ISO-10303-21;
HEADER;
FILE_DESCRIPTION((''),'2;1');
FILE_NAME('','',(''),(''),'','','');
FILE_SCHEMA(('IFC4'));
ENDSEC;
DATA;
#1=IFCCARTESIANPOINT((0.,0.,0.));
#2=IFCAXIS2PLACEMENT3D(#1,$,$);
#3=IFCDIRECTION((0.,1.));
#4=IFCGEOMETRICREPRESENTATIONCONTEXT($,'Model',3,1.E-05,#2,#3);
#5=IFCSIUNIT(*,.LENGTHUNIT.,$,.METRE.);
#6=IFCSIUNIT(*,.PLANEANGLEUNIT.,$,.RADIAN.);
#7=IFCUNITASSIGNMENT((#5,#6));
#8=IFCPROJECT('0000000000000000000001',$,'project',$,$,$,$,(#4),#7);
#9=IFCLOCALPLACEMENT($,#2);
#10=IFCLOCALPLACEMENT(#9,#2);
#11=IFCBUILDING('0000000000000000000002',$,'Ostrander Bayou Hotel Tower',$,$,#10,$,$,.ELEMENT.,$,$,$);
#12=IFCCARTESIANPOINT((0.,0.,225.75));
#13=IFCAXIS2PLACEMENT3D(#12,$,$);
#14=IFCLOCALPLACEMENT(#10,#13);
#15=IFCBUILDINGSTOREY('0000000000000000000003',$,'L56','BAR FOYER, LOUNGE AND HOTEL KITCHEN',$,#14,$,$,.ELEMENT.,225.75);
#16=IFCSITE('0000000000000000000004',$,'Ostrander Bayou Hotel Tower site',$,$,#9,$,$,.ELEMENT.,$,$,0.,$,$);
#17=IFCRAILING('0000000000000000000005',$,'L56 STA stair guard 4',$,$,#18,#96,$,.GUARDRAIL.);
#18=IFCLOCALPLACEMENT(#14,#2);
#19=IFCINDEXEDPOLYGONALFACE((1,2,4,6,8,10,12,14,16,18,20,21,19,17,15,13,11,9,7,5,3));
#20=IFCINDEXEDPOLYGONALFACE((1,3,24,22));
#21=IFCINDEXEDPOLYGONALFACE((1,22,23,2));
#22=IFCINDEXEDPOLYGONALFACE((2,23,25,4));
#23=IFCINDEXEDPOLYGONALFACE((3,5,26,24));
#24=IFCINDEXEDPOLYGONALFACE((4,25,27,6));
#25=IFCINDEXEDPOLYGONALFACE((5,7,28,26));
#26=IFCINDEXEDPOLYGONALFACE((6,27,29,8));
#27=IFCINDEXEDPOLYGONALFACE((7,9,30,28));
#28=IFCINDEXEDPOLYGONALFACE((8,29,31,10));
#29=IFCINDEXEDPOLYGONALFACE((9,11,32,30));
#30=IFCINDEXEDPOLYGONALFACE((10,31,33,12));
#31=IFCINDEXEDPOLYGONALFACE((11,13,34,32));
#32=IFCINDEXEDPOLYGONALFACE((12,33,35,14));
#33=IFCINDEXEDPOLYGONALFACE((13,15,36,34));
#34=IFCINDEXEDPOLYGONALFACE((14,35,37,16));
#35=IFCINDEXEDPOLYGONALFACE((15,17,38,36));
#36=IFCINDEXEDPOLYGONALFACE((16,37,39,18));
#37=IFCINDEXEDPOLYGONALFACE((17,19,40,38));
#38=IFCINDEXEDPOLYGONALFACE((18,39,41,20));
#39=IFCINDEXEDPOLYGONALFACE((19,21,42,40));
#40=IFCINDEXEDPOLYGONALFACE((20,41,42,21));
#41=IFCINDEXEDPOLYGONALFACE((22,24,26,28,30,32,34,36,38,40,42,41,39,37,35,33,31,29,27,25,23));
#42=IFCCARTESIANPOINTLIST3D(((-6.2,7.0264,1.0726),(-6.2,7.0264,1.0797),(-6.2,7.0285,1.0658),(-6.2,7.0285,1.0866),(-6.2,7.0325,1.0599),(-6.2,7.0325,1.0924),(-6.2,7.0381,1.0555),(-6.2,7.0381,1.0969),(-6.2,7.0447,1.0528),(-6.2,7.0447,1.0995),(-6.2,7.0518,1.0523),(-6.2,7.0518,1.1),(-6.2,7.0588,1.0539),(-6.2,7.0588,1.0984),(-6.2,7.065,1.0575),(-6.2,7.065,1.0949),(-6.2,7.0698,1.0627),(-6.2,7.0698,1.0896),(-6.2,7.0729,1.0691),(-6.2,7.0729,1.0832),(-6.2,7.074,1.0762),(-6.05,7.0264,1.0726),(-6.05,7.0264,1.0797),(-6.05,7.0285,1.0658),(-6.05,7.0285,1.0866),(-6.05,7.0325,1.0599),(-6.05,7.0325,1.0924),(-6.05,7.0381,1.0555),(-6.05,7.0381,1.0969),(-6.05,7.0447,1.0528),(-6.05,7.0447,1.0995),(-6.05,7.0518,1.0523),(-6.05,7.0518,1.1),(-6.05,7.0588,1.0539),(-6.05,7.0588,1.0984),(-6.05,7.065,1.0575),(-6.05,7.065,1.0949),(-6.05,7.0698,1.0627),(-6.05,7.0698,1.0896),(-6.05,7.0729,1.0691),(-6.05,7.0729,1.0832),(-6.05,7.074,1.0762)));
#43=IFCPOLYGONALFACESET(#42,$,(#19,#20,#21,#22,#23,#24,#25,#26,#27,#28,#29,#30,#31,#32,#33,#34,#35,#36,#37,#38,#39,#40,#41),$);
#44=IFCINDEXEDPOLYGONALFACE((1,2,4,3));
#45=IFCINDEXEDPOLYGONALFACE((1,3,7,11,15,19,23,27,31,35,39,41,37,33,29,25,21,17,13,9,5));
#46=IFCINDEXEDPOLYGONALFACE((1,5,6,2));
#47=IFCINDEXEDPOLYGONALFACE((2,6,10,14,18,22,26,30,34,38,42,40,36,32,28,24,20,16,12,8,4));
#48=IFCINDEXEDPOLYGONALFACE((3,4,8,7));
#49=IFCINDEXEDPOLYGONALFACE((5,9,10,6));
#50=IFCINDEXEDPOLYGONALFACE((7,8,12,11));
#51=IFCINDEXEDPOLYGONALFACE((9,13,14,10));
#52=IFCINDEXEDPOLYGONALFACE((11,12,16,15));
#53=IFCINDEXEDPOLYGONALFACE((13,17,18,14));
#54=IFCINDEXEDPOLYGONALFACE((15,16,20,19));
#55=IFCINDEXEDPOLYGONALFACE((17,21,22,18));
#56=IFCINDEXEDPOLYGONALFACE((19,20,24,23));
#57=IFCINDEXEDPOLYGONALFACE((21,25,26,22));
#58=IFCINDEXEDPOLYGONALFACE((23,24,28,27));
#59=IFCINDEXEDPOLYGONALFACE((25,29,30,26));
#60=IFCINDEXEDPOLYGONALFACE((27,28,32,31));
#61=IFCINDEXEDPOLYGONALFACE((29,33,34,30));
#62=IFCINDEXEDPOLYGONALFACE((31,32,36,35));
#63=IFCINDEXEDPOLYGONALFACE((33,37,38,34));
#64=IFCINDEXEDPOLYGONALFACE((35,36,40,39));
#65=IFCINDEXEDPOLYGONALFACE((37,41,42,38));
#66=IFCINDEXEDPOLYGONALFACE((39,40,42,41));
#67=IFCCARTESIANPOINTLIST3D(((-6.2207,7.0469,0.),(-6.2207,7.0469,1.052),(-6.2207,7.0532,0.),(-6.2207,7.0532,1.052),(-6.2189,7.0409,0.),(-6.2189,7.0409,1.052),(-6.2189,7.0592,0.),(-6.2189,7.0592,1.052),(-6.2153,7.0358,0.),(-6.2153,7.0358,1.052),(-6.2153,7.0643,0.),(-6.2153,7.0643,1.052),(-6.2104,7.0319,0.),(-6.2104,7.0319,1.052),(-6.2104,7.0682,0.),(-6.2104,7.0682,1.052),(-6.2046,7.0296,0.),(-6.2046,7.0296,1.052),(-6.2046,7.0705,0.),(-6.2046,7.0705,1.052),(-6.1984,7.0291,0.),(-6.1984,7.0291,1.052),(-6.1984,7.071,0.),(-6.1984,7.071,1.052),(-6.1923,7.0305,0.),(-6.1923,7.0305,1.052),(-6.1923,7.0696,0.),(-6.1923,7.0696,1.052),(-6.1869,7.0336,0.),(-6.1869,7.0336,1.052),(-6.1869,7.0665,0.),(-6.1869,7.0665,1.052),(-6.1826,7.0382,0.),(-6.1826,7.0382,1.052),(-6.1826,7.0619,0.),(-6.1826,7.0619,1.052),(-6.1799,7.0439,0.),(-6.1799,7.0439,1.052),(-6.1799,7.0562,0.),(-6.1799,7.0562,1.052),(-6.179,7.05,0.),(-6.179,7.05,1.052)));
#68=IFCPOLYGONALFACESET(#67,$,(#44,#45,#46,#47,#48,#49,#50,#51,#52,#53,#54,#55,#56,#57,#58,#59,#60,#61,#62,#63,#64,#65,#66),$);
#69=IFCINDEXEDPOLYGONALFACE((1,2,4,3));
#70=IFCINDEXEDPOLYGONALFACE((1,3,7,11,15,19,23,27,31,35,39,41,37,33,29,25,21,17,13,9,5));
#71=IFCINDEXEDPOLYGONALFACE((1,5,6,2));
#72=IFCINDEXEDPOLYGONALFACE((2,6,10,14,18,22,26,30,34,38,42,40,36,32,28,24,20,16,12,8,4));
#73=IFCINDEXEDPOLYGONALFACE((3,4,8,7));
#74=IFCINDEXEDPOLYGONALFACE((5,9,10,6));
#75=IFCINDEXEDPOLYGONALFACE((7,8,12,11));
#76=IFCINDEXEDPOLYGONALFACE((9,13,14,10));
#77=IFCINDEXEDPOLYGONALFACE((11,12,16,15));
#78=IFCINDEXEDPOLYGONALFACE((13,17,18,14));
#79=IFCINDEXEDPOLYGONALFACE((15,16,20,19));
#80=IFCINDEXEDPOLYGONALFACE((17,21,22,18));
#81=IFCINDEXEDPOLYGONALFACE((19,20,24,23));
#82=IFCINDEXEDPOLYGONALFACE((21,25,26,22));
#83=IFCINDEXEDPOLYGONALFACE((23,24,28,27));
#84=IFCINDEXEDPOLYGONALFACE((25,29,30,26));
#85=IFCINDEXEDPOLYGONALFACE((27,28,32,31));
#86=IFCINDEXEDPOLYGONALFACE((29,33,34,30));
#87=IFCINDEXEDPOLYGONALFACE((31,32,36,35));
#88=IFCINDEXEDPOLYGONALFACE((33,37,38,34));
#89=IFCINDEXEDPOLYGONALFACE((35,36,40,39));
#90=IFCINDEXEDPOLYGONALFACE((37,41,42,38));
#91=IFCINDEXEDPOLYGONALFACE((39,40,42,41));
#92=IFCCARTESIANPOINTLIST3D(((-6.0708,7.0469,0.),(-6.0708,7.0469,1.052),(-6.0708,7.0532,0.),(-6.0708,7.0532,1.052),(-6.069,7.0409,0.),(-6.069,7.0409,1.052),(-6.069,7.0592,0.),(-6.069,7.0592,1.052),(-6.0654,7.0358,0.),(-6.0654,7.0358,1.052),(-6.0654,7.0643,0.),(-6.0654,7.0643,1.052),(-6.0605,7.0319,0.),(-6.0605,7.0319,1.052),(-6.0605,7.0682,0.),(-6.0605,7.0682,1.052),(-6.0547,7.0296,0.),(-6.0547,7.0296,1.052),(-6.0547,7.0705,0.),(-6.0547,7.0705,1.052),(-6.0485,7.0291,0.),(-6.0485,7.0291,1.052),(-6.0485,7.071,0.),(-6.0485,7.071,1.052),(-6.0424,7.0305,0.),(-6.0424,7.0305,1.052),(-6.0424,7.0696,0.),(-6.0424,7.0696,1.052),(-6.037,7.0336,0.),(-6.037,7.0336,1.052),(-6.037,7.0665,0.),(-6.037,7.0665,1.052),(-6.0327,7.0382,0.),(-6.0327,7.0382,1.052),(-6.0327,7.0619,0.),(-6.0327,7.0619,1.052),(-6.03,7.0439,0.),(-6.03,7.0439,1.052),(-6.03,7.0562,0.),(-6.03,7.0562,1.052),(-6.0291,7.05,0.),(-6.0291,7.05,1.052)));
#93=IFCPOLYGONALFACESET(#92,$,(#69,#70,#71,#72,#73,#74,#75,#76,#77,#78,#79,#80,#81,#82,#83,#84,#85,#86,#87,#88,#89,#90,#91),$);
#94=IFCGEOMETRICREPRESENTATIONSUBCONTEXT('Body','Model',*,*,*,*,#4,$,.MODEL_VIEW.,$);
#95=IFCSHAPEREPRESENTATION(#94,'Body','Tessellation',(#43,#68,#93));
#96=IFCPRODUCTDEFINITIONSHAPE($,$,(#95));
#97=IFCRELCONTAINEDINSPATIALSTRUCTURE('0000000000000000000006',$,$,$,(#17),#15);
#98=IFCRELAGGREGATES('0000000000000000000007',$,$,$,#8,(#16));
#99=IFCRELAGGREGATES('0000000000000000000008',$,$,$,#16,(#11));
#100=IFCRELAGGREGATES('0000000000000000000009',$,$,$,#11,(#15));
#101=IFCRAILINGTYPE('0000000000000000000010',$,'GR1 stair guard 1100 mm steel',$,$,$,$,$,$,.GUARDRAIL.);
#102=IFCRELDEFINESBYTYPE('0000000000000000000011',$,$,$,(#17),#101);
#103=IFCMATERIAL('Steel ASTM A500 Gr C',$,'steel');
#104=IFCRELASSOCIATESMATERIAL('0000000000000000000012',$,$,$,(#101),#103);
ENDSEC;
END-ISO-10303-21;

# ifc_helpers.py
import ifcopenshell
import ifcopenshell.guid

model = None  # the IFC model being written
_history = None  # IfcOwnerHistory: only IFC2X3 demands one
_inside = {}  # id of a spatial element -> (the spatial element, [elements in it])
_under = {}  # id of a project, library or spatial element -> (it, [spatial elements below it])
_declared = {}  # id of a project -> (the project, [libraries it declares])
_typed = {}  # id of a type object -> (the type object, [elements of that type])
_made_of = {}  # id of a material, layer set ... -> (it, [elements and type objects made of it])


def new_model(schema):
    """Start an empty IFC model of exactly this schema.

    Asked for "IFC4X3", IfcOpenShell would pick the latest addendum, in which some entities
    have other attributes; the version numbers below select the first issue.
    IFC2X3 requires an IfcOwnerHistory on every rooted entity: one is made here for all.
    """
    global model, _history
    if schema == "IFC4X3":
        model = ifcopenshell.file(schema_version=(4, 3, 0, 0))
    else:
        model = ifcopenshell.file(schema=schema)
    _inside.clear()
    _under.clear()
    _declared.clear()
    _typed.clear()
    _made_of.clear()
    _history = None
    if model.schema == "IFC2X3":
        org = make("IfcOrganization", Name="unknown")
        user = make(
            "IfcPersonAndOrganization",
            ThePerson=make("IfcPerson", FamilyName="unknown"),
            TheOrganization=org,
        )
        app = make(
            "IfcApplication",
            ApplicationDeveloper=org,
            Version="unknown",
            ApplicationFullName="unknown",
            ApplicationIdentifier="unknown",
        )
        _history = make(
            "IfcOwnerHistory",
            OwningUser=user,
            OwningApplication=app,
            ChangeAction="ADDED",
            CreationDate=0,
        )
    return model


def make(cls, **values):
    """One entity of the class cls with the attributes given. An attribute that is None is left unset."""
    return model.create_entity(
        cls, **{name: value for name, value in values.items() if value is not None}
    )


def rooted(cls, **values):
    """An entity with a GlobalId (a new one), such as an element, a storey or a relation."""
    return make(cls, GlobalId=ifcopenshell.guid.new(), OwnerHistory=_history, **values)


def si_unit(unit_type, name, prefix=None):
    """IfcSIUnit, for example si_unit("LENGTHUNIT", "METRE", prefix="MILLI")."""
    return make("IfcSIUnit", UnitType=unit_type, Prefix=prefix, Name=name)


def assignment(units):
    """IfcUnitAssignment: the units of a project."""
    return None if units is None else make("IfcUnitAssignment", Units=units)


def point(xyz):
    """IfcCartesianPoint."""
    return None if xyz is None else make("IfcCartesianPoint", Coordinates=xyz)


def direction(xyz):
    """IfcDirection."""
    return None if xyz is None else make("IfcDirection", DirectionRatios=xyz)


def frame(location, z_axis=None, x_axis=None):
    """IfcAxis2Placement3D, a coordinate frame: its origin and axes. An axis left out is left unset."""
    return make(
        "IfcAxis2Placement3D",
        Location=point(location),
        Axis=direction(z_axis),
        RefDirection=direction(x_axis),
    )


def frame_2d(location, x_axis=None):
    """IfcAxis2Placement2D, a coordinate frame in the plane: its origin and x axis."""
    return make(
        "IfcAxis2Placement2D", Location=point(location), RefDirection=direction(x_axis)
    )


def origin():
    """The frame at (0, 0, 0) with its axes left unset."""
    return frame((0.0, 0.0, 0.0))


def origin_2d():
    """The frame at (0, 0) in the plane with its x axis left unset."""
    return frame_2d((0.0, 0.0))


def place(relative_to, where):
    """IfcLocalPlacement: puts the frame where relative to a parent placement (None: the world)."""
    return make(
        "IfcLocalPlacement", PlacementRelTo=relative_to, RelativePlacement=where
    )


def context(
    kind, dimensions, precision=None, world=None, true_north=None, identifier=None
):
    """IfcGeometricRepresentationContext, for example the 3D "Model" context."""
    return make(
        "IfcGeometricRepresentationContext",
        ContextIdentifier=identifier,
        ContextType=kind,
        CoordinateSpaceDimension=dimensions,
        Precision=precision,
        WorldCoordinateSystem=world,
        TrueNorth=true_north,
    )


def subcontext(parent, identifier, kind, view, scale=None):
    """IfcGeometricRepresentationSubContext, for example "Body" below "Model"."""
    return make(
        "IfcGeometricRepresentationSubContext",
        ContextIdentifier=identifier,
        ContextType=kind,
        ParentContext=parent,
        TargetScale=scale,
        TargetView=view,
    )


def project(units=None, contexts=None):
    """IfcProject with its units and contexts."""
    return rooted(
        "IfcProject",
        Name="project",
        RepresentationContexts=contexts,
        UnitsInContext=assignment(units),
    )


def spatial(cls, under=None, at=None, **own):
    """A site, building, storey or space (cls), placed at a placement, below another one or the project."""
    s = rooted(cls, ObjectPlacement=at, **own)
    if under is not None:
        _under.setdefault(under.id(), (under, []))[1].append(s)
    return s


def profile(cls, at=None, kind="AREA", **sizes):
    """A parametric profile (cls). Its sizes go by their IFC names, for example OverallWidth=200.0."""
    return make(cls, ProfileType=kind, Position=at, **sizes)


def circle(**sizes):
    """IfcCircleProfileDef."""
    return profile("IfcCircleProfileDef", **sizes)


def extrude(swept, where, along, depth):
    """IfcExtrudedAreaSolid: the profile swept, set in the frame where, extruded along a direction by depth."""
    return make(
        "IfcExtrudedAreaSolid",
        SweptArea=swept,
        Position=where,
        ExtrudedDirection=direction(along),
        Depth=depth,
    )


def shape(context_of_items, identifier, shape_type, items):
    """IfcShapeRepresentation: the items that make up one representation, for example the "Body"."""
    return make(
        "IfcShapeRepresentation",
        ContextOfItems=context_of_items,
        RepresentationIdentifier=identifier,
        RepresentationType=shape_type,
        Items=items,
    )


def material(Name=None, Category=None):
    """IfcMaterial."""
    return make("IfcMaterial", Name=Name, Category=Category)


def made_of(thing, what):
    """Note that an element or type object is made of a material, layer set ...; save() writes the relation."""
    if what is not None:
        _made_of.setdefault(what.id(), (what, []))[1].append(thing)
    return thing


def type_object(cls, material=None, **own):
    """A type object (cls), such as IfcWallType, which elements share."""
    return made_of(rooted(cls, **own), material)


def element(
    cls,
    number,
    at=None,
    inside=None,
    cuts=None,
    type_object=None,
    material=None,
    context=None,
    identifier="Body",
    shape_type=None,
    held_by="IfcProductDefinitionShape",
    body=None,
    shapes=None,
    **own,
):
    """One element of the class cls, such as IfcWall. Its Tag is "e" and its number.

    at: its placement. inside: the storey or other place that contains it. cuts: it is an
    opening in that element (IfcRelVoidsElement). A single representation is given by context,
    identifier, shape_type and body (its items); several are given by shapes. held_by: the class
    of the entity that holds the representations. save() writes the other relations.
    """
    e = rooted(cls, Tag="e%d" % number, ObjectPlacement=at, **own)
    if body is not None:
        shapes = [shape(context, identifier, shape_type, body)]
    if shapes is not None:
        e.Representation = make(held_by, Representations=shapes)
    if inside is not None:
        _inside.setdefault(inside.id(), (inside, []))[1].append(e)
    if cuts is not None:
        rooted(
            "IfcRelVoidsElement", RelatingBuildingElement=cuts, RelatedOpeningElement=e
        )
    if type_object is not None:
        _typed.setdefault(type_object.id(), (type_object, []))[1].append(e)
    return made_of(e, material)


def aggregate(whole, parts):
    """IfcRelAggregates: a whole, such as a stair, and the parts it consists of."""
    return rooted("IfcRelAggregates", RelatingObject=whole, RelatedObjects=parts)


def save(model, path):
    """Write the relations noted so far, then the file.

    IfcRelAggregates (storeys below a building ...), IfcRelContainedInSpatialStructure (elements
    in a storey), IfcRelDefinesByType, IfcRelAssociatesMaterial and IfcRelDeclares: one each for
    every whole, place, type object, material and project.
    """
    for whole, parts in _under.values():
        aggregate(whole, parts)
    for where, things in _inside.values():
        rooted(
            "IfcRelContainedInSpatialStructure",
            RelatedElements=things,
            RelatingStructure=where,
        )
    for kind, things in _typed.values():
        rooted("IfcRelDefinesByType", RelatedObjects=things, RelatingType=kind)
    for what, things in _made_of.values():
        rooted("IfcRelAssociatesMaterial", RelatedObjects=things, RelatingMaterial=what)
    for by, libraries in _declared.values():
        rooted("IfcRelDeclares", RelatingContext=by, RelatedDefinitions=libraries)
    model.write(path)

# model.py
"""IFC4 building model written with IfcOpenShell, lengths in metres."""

from ifc_helpers import new_model, si_unit, direction, frame, origin, origin_2d, place, context, subcontext, project, spatial, circle, extrude, material, type_object, element, save


model = new_model("IFC4")

# Units and contexts
model_context = context("Model", 3, precision=1e-05, world=origin(), true_north=direction((0.0, 1.0)))
body_context = subcontext(model_context, "Body", "Model", "MODEL_VIEW")
ifc_project = project(units=[si_unit("LENGTHUNIT", "METRE"), si_unit("PLANEANGLEUNIT", "RADIAN")], contexts=[model_context])

# Site, building, storey
site_placement = place(None, origin())
site = spatial("IfcSite", under=ifc_project, at=site_placement, Name="Ostrander Bayou Hotel Tower site", CompositionType="ELEMENT", RefElevation=0.0)
building_placement = place(site_placement, origin())
building = spatial("IfcBuilding", under=site, at=building_placement, Name="Ostrander Bayou Hotel Tower", CompositionType="ELEMENT")
storey_placement = place(building_placement, frame((0.0, 0.0, 225.75)))
storey = spatial("IfcBuildingStorey", under=building, at=storey_placement, Name="L56", Description="BAR FOYER, LOUNGE AND HOTEL KITCHEN", CompositionType="ELEMENT", Elevation=225.75)

# Railing
ifc_material_1 = material(Name="Steel ASTM A500 Gr C", Category="steel")
railing_type_1 = type_object("IfcRailingType", Name="GR1 stair guard 1100 mm steel", PredefinedType="GUARDRAIL", material=ifc_material_1)
railing_1_placement = place(storey_placement, frame((-6.2, 7.05, 0.0)))
element("IfcRailing", 1, at=railing_1_placement, inside=storey, type_object=railing_type_1, Name="L56 STA stair guard 4", PredefinedType="GUARDRAIL", context=body_context, shape_type="SweptSolid", body=[
    extrude(circle(Radius=0.0239, at=origin_2d()), frame((0.0, 0.0, 1.0762), z_axis=(1.0, 0.0, 0.0), x_axis=(0.0, 1.0, 0.0)), (0.0, 0.0, 1.0), 0.1499),
    extrude(circle(Radius=0.021, at=origin_2d()), origin(), (0.0, 0.0, 1.0), 1.052),
    extrude(circle(Radius=0.021, at=origin_2d()), frame((0.1499, 0.0, 0.0)), (0.0, 0.0, 1.0), 1.052),
])

save(model, "model.ifc")
